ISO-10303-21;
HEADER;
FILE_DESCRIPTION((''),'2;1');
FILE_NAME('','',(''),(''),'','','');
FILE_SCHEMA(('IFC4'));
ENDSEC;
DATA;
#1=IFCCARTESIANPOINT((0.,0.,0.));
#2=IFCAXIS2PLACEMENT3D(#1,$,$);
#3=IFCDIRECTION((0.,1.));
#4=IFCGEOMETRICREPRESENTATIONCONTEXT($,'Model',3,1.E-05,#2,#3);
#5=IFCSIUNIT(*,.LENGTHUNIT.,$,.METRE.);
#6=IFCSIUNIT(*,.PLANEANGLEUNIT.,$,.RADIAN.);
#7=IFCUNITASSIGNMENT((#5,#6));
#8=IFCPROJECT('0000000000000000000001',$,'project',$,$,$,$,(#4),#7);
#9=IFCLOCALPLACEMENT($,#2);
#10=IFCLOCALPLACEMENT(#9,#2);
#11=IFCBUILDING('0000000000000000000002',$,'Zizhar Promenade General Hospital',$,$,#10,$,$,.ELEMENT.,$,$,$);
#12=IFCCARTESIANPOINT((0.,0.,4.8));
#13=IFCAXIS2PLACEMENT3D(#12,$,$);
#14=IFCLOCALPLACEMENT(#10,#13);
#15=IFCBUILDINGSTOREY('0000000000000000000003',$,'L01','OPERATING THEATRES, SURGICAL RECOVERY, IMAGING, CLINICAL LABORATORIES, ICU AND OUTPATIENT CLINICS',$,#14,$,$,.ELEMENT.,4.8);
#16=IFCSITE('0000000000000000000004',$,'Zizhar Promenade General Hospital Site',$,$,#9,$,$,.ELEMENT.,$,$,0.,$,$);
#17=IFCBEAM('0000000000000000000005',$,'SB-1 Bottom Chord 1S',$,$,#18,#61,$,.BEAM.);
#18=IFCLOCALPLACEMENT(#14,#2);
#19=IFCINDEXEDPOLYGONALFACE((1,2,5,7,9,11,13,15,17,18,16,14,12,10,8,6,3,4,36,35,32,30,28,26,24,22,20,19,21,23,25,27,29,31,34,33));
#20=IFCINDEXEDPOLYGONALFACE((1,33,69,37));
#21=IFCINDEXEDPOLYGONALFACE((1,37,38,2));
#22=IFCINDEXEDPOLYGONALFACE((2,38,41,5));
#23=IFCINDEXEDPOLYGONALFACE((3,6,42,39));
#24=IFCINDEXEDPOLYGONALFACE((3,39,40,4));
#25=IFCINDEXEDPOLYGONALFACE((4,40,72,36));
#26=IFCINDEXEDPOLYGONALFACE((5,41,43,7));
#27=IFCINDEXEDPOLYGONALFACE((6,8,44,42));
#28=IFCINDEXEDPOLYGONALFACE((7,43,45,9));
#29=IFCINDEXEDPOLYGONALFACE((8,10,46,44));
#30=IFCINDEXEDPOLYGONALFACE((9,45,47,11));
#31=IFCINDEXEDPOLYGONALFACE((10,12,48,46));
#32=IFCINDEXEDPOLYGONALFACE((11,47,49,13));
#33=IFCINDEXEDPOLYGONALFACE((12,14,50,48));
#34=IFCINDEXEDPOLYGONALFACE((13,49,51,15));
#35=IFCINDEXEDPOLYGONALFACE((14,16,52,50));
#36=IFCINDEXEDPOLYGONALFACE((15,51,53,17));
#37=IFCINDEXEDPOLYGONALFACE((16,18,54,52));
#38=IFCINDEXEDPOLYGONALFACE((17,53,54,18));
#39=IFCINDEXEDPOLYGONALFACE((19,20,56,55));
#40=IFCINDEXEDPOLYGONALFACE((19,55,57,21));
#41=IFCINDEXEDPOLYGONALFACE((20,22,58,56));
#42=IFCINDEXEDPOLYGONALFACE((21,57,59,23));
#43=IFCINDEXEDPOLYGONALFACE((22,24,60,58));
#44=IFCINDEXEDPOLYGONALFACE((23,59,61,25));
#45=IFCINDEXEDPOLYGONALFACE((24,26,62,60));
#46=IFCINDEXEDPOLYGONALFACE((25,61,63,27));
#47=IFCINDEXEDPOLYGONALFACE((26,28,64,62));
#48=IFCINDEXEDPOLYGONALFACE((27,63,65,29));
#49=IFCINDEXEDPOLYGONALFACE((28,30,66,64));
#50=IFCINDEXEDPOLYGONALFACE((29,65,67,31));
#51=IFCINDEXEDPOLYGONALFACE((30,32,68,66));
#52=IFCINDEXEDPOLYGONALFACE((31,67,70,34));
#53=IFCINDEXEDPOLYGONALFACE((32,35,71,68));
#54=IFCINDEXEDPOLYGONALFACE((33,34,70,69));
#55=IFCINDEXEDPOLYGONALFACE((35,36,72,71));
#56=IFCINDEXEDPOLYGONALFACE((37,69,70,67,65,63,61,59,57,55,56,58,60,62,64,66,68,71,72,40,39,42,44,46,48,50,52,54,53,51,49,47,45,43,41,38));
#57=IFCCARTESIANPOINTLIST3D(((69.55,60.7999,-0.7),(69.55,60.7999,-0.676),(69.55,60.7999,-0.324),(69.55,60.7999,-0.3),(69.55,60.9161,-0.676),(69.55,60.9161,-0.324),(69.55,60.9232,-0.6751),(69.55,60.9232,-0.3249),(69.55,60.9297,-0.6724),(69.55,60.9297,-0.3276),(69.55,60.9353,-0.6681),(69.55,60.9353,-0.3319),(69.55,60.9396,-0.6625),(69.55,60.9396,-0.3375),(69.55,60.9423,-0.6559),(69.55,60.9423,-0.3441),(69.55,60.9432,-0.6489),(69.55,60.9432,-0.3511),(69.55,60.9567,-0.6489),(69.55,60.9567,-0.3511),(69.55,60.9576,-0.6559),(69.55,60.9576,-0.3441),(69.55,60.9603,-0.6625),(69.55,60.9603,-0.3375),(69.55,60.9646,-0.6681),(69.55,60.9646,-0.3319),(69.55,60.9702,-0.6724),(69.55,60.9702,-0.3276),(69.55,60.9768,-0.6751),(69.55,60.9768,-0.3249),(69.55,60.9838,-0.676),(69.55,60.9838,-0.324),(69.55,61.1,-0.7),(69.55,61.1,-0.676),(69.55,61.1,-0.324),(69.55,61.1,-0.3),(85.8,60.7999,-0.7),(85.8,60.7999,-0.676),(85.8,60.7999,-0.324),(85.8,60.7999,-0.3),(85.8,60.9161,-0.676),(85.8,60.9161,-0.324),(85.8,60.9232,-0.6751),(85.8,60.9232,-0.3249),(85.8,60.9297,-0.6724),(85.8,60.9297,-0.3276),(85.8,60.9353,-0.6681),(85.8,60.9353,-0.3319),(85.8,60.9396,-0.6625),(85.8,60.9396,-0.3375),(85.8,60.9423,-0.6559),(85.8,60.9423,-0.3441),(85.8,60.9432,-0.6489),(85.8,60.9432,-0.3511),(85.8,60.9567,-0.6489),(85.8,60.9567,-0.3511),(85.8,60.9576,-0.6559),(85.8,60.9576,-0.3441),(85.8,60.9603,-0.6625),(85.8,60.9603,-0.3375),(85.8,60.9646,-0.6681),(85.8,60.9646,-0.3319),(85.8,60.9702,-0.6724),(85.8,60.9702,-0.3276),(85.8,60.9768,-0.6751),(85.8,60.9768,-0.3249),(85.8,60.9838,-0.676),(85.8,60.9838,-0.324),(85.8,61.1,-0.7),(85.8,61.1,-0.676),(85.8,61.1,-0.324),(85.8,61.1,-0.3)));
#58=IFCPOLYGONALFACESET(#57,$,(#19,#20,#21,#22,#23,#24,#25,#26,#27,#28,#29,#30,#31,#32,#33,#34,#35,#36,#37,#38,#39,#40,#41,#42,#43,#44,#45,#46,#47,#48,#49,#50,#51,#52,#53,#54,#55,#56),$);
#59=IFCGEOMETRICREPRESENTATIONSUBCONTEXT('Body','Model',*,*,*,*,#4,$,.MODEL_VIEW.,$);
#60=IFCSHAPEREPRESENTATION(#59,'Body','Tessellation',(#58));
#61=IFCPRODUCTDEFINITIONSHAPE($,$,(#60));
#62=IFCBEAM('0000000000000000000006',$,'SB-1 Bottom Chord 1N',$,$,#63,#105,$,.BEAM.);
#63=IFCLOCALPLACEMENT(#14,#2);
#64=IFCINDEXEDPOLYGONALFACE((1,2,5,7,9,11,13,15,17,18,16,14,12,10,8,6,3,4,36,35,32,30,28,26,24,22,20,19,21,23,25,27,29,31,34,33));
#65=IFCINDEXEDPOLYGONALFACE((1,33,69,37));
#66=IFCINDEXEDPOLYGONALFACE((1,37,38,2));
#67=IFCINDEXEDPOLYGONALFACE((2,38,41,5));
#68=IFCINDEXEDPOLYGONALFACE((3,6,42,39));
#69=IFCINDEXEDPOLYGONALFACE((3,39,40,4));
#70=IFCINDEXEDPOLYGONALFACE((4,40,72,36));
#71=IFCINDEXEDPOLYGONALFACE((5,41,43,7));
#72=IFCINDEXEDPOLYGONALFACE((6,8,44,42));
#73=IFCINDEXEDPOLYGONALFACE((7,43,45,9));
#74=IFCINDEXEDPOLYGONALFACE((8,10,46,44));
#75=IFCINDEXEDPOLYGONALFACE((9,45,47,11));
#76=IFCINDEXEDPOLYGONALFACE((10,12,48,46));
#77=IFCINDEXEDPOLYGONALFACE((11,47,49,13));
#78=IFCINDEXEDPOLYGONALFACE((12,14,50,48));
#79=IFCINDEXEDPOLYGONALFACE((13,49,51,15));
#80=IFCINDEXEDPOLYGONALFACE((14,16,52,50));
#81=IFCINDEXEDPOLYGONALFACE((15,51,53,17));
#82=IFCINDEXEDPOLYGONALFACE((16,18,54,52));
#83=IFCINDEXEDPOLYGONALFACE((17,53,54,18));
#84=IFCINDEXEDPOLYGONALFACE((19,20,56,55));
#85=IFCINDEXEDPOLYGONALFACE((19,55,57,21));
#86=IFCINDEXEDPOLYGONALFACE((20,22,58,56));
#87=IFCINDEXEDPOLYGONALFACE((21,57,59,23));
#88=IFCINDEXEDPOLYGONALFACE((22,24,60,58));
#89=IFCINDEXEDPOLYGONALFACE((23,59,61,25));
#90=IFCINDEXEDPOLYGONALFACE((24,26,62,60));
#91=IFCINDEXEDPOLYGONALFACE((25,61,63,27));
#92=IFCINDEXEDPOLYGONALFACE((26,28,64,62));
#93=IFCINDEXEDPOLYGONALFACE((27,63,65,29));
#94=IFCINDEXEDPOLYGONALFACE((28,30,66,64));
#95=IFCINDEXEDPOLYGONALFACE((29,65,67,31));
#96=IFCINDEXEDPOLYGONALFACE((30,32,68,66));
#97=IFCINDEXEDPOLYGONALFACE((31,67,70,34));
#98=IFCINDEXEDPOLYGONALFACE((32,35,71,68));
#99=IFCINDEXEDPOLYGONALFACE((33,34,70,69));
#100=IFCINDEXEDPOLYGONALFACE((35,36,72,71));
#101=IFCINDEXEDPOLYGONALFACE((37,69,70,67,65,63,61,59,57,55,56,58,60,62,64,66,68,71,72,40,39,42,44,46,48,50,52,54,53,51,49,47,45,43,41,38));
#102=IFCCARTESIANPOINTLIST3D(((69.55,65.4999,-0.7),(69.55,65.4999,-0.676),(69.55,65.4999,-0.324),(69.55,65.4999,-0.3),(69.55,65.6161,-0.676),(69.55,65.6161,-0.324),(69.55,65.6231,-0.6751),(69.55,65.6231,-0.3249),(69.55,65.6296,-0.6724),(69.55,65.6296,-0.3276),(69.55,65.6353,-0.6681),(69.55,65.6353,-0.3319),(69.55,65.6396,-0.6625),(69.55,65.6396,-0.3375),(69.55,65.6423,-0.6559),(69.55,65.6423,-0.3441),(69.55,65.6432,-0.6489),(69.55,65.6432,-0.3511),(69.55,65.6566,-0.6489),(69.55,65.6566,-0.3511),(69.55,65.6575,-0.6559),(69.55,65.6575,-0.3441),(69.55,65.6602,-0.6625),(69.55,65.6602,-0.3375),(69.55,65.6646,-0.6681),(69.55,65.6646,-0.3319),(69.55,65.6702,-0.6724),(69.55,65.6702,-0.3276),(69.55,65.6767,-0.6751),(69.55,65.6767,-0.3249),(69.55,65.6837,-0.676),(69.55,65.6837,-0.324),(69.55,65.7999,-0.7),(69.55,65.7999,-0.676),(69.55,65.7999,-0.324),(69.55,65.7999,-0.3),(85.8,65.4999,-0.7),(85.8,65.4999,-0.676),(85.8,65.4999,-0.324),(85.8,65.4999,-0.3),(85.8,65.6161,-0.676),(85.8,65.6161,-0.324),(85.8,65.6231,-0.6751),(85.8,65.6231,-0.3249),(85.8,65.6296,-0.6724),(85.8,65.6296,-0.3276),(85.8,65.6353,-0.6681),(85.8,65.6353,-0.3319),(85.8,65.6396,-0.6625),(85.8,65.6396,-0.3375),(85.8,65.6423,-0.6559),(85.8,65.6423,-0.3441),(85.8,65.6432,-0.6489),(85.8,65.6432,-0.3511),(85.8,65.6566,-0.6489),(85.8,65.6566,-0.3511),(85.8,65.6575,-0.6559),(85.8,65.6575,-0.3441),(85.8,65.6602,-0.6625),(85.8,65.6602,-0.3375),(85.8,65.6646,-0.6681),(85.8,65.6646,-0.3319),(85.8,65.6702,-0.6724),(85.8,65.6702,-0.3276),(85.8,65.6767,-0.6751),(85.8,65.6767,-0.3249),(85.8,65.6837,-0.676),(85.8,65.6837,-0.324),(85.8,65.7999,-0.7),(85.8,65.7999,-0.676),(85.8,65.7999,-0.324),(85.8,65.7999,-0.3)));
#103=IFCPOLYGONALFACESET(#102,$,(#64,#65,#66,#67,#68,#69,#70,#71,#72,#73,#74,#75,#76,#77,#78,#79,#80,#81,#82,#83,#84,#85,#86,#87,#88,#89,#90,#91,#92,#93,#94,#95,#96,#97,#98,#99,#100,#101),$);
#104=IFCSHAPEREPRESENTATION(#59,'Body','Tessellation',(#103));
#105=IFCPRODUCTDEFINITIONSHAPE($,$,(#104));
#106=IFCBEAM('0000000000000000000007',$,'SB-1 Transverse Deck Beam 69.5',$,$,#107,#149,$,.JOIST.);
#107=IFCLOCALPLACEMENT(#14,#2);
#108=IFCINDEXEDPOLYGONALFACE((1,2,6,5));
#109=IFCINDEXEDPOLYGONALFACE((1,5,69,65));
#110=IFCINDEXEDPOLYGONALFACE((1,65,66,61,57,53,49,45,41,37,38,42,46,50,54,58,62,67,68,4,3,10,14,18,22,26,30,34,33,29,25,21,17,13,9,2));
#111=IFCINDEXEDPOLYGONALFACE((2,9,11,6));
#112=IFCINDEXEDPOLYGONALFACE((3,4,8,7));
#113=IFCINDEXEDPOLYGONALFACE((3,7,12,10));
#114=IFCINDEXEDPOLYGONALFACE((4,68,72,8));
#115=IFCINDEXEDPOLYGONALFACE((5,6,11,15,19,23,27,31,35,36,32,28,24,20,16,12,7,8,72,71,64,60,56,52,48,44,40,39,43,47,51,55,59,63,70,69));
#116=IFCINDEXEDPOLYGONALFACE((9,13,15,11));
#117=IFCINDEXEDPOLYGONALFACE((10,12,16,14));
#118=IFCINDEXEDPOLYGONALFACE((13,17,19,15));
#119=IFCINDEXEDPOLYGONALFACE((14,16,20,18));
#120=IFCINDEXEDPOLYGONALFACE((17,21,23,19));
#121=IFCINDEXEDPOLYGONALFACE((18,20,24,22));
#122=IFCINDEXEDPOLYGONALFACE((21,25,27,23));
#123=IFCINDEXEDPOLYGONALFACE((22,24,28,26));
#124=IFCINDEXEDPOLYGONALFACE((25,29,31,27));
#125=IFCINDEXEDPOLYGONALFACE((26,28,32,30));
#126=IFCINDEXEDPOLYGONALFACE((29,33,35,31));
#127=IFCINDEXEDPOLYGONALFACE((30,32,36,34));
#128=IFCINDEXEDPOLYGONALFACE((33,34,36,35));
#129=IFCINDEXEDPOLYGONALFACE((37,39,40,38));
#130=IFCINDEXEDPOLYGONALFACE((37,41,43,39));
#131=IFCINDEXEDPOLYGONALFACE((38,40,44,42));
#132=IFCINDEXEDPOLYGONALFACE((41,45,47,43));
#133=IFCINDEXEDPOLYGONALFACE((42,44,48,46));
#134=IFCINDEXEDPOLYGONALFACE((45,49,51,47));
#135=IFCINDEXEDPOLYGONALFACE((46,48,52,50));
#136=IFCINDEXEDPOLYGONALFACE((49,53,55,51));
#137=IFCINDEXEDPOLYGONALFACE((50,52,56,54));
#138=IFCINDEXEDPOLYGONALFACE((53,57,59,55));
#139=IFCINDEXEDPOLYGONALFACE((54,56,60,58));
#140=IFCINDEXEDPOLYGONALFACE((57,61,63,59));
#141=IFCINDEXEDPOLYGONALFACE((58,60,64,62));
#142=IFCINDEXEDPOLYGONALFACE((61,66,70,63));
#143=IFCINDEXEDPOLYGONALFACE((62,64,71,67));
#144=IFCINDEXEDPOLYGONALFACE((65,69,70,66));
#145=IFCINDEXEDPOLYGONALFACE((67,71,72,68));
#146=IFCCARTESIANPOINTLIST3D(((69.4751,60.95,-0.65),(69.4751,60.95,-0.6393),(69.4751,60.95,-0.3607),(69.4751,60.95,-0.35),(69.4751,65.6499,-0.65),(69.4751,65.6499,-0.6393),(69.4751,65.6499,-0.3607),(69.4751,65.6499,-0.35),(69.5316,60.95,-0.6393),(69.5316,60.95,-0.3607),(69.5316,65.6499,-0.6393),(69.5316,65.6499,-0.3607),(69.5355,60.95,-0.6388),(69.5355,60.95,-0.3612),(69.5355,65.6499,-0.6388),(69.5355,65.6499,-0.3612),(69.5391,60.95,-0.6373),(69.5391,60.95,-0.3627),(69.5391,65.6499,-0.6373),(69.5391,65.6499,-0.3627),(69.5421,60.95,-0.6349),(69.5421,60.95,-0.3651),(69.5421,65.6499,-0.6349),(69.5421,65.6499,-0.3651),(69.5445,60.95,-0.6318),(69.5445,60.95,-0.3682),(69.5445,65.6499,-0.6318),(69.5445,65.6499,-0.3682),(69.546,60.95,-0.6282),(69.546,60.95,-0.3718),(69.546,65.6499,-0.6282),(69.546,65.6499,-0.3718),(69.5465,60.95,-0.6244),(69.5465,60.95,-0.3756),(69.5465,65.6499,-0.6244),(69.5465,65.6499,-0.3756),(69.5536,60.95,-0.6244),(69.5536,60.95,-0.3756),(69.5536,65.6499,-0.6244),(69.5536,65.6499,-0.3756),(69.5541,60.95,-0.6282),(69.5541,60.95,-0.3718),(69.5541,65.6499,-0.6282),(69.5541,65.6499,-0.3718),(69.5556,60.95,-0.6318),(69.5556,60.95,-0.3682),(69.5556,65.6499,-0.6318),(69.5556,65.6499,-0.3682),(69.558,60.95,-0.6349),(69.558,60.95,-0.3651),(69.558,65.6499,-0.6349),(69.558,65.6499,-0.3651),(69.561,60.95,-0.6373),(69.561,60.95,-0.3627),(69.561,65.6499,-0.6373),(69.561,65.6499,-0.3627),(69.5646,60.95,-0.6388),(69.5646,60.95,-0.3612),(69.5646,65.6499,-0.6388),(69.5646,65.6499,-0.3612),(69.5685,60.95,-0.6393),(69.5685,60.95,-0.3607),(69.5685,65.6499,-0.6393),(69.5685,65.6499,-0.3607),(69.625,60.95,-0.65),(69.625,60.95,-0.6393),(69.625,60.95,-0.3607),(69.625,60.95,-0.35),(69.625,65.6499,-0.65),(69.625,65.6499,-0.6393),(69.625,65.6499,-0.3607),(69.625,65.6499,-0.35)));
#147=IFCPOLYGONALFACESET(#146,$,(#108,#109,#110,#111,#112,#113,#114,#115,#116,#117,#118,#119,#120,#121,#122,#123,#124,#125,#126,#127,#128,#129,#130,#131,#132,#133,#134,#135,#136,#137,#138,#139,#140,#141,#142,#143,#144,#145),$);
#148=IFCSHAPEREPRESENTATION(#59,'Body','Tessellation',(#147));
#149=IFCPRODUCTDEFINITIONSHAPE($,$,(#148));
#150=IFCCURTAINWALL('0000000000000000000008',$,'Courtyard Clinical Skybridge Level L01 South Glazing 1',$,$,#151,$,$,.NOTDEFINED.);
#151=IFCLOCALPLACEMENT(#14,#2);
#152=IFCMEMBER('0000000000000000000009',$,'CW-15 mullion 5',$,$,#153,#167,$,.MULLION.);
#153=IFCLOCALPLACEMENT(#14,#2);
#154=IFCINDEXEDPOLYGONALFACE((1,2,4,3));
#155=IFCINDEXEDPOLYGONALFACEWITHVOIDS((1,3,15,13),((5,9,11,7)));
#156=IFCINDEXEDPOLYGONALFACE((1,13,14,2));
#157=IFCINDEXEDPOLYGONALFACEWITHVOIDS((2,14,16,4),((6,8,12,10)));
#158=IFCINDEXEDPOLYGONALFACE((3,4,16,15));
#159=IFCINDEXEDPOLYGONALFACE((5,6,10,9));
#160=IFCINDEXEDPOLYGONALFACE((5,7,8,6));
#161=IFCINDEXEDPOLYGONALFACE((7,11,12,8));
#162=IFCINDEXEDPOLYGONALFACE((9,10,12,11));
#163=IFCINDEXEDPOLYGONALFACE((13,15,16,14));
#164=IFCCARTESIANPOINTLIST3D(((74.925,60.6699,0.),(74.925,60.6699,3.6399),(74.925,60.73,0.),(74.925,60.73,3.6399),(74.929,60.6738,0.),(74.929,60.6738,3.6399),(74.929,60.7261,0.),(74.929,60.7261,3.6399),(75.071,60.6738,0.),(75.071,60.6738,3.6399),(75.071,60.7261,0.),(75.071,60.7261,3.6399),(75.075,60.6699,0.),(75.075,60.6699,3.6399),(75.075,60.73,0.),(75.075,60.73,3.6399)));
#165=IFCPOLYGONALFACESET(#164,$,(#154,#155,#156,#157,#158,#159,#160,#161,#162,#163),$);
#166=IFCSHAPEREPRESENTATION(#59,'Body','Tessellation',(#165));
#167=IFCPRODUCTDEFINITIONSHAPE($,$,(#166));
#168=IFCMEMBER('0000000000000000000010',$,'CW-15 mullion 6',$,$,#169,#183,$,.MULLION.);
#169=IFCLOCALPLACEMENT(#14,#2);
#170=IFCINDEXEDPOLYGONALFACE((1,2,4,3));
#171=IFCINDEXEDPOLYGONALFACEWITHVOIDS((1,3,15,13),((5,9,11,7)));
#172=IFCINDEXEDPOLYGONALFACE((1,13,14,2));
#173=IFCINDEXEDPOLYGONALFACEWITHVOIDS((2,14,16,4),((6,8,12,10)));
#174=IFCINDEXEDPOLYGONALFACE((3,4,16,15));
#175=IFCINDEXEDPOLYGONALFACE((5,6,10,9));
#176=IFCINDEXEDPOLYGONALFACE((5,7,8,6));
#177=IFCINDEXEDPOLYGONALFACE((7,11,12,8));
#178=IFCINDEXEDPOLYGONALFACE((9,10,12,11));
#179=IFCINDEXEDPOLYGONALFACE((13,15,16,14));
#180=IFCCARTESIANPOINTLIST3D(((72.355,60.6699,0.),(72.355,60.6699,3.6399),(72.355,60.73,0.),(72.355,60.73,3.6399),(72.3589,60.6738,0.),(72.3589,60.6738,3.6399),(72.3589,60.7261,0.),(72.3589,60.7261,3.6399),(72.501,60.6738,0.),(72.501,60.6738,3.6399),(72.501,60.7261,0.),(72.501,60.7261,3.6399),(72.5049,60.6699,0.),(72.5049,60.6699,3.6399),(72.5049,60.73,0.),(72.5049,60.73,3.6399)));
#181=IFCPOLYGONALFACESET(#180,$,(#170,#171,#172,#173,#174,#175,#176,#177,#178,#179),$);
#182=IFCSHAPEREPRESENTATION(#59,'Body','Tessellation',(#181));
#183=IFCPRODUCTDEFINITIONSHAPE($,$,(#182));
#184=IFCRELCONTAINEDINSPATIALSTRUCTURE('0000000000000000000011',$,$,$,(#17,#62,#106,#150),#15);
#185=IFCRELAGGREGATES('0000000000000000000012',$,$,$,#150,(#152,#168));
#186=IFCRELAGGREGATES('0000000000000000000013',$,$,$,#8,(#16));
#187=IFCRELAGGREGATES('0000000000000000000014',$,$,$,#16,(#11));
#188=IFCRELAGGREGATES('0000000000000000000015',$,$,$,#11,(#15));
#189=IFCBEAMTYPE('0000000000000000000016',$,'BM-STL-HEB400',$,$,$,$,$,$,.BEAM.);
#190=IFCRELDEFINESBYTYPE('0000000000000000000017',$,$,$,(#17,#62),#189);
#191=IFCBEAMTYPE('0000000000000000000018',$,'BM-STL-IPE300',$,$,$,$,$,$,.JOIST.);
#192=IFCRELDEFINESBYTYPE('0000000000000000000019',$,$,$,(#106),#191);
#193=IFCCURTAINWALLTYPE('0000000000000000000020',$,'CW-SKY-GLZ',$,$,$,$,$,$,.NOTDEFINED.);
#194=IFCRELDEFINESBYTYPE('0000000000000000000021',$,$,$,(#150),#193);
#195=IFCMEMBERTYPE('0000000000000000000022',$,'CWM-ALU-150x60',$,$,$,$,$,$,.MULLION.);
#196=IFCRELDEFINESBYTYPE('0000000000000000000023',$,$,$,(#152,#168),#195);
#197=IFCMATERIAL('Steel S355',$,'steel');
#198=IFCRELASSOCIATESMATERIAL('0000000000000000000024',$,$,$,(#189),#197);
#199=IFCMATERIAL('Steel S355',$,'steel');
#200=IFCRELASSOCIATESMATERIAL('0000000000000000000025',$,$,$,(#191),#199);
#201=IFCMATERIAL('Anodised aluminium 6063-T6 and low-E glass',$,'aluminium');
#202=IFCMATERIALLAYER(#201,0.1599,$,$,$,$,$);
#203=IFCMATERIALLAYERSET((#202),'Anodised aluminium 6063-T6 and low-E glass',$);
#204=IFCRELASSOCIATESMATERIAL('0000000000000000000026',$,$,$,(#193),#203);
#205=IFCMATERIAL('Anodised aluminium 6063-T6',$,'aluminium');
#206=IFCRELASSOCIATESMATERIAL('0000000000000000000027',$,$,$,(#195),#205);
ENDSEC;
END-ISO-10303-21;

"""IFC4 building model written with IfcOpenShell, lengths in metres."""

from ifc_helpers import new_model, si_unit, direction, frame, origin, origin_2d, place, context, subcontext, project, spatial, hollow_rectangle, i_section, extrude, material, layer, layer_set, material_profile, profile_set, type_object, element, aggregate, save


model = new_model("IFC4")

# Units and contexts
model_context = context("Model", 3, precision=1e-05, world=origin(), true_north=direction((0.0, 1.0)))
body_context = subcontext(model_context, "Body", "Model", "MODEL_VIEW")
ifc_project = project(units=[si_unit("LENGTHUNIT", "METRE"), si_unit("PLANEANGLEUNIT", "RADIAN")], contexts=[model_context])

# Site, building, storey
site_placement = place(None, origin())
site = spatial("IfcSite", under=ifc_project, at=site_placement, Name="Zizhar Promenade General Hospital Site", CompositionType="ELEMENT", RefElevation=0.0)
building_placement = place(site_placement, origin())
building = spatial("IfcBuilding", under=site, at=building_placement, Name="Zizhar Promenade General Hospital", CompositionType="ELEMENT")
storey_placement = place(building_placement, frame((0.0, 0.0, 4.8)))
storey = spatial("IfcBuildingStorey", under=building, at=storey_placement, Name="L01", Description="OPERATING THEATRES, SURGICAL RECOVERY, IMAGING, CLINICAL LABORATORIES, ICU AND OUTPATIENT CLINICS", CompositionType="ELEMENT", Elevation=4.8)

# Beams
ifc_material_1 = material(Name="Steel S355", Category="steel")
ifc_material_profile_1 = material_profile(ifc_material_1, i_section(OverallWidth=0.3, OverallDepth=0.3999, WebThickness=0.0134, FlangeThickness=0.0239, FilletRadius=0.0271, at=origin_2d()))
ifc_profile_set_1 = profile_set([ifc_material_profile_1], Name="Steel S355")
beam_type_1 = type_object("IfcBeamType", Name="BM-STL-HEB400", PredefinedType="BEAM", material=ifc_profile_set_1)
for number, where, z_axis, x_axis, name in (
    (1, (69.55, 60.95, -0.5), (1.0, 0.0, 0.0), (0.0, 1.0, 0.0), "SB-1 Bottom Chord 1S"),
    (2, (69.55, 65.6499, -0.5), (1.0, 0.0, 0.0), (0.0, 1.0, 0.0), "SB-1 Bottom Chord 1N"),
):
    element("IfcBeam", number, at=place(storey_placement, frame(where, z_axis=z_axis, x_axis=x_axis)), inside=storey, type_object=beam_type_1, Name=name, PredefinedType="BEAM", context=body_context, shape_type="SweptSolid", body=[
        extrude(i_section(OverallWidth=0.3, OverallDepth=0.3999, WebThickness=0.0134, FlangeThickness=0.0239, FilletRadius=0.0271, at=origin_2d()), origin(), (0.0, 0.0, 1.0), 16.25),
    ])
ifc_material_2 = material(Name="Steel S355", Category="steel")
ifc_material_profile_2 = material_profile(ifc_material_2, i_section(OverallWidth=0.1499, OverallDepth=0.3, WebThickness=0.0071, FlangeThickness=0.0107, FilletRadius=0.0149, at=origin_2d()))
ifc_profile_set_2 = profile_set([ifc_material_profile_2], Name="Steel S355")
beam_type_2 = type_object("IfcBeamType", Name="BM-STL-IPE300", PredefinedType="JOIST", material=ifc_profile_set_2)
beam_1_placement = place(storey_placement, frame((69.55, 60.95, -0.5), z_axis=(0.0, 1.0, 0.0), x_axis=(-1.0, 0.0, 0.0)))
element("IfcBeam", 3, at=beam_1_placement, inside=storey, type_object=beam_type_2, Name="SB-1 Transverse Deck Beam 69.5", PredefinedType="JOIST", context=body_context, shape_type="SweptSolid", body=[
    extrude(i_section(OverallWidth=0.1499, OverallDepth=0.3, WebThickness=0.0071, FlangeThickness=0.0107, FilletRadius=0.0149, at=origin_2d()), origin(), (0.0, 0.0, 1.0), 4.7),
])

# Curtain wall, members
ifc_material_3 = material(Name="Anodised aluminium 6063-T6 and low-E glass", Category="aluminium")
ifc_layer_1 = layer(ifc_material_3, 0.1599)
ifc_layer_set_1 = layer_set([ifc_layer_1], Name="Anodised aluminium 6063-T6 and low-E glass")
curtain_wall_type = type_object("IfcCurtainWallType", Name="CW-SKY-GLZ", PredefinedType="NOTDEFINED", material=ifc_layer_set_1)
curtain_wall_placement = place(storey_placement, origin())
curtain_wall = element("IfcCurtainWall", 4, at=curtain_wall_placement, inside=storey, type_object=curtain_wall_type, Name="Courtyard Clinical Skybridge Level L01 South Glazing 1", PredefinedType="NOTDEFINED")
ifc_material_4 = material(Name="Anodised aluminium 6063-T6", Category="aluminium")
ifc_material_profile_3 = material_profile(ifc_material_4, hollow_rectangle(XDim=0.0601, YDim=0.1499, WallThickness=0.0039, at=origin_2d()))
ifc_profile_set_3 = profile_set([ifc_material_profile_3], Name="Anodised aluminium 6063-T6")
member_type_1 = type_object("IfcMemberType", Name="CWM-ALU-150x60", PredefinedType="MULLION", material=ifc_profile_set_3)
member_1_placement = place(storey_placement, frame((75.0, 60.7, 0.0), z_axis=(0.0, 0.0, 1.0), x_axis=(0.0, -1.0, 0.0)))
member_1 = element("IfcMember", 5, at=member_1_placement, type_object=member_type_1, Name="CW-15 mullion 5", PredefinedType="MULLION", context=body_context, shape_type="SweptSolid", body=[
    extrude(hollow_rectangle(XDim=0.0601, YDim=0.1499, WallThickness=0.0039, at=origin_2d()), origin(), (0.0, 0.0, 1.0), 3.6399),
])
member_2_placement = place(storey_placement, frame((72.4299, 60.7, 0.0), z_axis=(0.0, 0.0, 1.0), x_axis=(0.0, -1.0, 0.0)))
member_2 = element("IfcMember", 6, at=member_2_placement, type_object=member_type_1, Name="CW-15 mullion 6", PredefinedType="MULLION", context=body_context, shape_type="SweptSolid", body=[
    extrude(hollow_rectangle(XDim=0.0601, YDim=0.1499, WallThickness=0.0039, at=origin_2d()), origin(), (0.0, 0.0, 1.0), 3.6399),
])

aggregate(curtain_wall, [member_1, member_2])

save(model, "model.ifc")
